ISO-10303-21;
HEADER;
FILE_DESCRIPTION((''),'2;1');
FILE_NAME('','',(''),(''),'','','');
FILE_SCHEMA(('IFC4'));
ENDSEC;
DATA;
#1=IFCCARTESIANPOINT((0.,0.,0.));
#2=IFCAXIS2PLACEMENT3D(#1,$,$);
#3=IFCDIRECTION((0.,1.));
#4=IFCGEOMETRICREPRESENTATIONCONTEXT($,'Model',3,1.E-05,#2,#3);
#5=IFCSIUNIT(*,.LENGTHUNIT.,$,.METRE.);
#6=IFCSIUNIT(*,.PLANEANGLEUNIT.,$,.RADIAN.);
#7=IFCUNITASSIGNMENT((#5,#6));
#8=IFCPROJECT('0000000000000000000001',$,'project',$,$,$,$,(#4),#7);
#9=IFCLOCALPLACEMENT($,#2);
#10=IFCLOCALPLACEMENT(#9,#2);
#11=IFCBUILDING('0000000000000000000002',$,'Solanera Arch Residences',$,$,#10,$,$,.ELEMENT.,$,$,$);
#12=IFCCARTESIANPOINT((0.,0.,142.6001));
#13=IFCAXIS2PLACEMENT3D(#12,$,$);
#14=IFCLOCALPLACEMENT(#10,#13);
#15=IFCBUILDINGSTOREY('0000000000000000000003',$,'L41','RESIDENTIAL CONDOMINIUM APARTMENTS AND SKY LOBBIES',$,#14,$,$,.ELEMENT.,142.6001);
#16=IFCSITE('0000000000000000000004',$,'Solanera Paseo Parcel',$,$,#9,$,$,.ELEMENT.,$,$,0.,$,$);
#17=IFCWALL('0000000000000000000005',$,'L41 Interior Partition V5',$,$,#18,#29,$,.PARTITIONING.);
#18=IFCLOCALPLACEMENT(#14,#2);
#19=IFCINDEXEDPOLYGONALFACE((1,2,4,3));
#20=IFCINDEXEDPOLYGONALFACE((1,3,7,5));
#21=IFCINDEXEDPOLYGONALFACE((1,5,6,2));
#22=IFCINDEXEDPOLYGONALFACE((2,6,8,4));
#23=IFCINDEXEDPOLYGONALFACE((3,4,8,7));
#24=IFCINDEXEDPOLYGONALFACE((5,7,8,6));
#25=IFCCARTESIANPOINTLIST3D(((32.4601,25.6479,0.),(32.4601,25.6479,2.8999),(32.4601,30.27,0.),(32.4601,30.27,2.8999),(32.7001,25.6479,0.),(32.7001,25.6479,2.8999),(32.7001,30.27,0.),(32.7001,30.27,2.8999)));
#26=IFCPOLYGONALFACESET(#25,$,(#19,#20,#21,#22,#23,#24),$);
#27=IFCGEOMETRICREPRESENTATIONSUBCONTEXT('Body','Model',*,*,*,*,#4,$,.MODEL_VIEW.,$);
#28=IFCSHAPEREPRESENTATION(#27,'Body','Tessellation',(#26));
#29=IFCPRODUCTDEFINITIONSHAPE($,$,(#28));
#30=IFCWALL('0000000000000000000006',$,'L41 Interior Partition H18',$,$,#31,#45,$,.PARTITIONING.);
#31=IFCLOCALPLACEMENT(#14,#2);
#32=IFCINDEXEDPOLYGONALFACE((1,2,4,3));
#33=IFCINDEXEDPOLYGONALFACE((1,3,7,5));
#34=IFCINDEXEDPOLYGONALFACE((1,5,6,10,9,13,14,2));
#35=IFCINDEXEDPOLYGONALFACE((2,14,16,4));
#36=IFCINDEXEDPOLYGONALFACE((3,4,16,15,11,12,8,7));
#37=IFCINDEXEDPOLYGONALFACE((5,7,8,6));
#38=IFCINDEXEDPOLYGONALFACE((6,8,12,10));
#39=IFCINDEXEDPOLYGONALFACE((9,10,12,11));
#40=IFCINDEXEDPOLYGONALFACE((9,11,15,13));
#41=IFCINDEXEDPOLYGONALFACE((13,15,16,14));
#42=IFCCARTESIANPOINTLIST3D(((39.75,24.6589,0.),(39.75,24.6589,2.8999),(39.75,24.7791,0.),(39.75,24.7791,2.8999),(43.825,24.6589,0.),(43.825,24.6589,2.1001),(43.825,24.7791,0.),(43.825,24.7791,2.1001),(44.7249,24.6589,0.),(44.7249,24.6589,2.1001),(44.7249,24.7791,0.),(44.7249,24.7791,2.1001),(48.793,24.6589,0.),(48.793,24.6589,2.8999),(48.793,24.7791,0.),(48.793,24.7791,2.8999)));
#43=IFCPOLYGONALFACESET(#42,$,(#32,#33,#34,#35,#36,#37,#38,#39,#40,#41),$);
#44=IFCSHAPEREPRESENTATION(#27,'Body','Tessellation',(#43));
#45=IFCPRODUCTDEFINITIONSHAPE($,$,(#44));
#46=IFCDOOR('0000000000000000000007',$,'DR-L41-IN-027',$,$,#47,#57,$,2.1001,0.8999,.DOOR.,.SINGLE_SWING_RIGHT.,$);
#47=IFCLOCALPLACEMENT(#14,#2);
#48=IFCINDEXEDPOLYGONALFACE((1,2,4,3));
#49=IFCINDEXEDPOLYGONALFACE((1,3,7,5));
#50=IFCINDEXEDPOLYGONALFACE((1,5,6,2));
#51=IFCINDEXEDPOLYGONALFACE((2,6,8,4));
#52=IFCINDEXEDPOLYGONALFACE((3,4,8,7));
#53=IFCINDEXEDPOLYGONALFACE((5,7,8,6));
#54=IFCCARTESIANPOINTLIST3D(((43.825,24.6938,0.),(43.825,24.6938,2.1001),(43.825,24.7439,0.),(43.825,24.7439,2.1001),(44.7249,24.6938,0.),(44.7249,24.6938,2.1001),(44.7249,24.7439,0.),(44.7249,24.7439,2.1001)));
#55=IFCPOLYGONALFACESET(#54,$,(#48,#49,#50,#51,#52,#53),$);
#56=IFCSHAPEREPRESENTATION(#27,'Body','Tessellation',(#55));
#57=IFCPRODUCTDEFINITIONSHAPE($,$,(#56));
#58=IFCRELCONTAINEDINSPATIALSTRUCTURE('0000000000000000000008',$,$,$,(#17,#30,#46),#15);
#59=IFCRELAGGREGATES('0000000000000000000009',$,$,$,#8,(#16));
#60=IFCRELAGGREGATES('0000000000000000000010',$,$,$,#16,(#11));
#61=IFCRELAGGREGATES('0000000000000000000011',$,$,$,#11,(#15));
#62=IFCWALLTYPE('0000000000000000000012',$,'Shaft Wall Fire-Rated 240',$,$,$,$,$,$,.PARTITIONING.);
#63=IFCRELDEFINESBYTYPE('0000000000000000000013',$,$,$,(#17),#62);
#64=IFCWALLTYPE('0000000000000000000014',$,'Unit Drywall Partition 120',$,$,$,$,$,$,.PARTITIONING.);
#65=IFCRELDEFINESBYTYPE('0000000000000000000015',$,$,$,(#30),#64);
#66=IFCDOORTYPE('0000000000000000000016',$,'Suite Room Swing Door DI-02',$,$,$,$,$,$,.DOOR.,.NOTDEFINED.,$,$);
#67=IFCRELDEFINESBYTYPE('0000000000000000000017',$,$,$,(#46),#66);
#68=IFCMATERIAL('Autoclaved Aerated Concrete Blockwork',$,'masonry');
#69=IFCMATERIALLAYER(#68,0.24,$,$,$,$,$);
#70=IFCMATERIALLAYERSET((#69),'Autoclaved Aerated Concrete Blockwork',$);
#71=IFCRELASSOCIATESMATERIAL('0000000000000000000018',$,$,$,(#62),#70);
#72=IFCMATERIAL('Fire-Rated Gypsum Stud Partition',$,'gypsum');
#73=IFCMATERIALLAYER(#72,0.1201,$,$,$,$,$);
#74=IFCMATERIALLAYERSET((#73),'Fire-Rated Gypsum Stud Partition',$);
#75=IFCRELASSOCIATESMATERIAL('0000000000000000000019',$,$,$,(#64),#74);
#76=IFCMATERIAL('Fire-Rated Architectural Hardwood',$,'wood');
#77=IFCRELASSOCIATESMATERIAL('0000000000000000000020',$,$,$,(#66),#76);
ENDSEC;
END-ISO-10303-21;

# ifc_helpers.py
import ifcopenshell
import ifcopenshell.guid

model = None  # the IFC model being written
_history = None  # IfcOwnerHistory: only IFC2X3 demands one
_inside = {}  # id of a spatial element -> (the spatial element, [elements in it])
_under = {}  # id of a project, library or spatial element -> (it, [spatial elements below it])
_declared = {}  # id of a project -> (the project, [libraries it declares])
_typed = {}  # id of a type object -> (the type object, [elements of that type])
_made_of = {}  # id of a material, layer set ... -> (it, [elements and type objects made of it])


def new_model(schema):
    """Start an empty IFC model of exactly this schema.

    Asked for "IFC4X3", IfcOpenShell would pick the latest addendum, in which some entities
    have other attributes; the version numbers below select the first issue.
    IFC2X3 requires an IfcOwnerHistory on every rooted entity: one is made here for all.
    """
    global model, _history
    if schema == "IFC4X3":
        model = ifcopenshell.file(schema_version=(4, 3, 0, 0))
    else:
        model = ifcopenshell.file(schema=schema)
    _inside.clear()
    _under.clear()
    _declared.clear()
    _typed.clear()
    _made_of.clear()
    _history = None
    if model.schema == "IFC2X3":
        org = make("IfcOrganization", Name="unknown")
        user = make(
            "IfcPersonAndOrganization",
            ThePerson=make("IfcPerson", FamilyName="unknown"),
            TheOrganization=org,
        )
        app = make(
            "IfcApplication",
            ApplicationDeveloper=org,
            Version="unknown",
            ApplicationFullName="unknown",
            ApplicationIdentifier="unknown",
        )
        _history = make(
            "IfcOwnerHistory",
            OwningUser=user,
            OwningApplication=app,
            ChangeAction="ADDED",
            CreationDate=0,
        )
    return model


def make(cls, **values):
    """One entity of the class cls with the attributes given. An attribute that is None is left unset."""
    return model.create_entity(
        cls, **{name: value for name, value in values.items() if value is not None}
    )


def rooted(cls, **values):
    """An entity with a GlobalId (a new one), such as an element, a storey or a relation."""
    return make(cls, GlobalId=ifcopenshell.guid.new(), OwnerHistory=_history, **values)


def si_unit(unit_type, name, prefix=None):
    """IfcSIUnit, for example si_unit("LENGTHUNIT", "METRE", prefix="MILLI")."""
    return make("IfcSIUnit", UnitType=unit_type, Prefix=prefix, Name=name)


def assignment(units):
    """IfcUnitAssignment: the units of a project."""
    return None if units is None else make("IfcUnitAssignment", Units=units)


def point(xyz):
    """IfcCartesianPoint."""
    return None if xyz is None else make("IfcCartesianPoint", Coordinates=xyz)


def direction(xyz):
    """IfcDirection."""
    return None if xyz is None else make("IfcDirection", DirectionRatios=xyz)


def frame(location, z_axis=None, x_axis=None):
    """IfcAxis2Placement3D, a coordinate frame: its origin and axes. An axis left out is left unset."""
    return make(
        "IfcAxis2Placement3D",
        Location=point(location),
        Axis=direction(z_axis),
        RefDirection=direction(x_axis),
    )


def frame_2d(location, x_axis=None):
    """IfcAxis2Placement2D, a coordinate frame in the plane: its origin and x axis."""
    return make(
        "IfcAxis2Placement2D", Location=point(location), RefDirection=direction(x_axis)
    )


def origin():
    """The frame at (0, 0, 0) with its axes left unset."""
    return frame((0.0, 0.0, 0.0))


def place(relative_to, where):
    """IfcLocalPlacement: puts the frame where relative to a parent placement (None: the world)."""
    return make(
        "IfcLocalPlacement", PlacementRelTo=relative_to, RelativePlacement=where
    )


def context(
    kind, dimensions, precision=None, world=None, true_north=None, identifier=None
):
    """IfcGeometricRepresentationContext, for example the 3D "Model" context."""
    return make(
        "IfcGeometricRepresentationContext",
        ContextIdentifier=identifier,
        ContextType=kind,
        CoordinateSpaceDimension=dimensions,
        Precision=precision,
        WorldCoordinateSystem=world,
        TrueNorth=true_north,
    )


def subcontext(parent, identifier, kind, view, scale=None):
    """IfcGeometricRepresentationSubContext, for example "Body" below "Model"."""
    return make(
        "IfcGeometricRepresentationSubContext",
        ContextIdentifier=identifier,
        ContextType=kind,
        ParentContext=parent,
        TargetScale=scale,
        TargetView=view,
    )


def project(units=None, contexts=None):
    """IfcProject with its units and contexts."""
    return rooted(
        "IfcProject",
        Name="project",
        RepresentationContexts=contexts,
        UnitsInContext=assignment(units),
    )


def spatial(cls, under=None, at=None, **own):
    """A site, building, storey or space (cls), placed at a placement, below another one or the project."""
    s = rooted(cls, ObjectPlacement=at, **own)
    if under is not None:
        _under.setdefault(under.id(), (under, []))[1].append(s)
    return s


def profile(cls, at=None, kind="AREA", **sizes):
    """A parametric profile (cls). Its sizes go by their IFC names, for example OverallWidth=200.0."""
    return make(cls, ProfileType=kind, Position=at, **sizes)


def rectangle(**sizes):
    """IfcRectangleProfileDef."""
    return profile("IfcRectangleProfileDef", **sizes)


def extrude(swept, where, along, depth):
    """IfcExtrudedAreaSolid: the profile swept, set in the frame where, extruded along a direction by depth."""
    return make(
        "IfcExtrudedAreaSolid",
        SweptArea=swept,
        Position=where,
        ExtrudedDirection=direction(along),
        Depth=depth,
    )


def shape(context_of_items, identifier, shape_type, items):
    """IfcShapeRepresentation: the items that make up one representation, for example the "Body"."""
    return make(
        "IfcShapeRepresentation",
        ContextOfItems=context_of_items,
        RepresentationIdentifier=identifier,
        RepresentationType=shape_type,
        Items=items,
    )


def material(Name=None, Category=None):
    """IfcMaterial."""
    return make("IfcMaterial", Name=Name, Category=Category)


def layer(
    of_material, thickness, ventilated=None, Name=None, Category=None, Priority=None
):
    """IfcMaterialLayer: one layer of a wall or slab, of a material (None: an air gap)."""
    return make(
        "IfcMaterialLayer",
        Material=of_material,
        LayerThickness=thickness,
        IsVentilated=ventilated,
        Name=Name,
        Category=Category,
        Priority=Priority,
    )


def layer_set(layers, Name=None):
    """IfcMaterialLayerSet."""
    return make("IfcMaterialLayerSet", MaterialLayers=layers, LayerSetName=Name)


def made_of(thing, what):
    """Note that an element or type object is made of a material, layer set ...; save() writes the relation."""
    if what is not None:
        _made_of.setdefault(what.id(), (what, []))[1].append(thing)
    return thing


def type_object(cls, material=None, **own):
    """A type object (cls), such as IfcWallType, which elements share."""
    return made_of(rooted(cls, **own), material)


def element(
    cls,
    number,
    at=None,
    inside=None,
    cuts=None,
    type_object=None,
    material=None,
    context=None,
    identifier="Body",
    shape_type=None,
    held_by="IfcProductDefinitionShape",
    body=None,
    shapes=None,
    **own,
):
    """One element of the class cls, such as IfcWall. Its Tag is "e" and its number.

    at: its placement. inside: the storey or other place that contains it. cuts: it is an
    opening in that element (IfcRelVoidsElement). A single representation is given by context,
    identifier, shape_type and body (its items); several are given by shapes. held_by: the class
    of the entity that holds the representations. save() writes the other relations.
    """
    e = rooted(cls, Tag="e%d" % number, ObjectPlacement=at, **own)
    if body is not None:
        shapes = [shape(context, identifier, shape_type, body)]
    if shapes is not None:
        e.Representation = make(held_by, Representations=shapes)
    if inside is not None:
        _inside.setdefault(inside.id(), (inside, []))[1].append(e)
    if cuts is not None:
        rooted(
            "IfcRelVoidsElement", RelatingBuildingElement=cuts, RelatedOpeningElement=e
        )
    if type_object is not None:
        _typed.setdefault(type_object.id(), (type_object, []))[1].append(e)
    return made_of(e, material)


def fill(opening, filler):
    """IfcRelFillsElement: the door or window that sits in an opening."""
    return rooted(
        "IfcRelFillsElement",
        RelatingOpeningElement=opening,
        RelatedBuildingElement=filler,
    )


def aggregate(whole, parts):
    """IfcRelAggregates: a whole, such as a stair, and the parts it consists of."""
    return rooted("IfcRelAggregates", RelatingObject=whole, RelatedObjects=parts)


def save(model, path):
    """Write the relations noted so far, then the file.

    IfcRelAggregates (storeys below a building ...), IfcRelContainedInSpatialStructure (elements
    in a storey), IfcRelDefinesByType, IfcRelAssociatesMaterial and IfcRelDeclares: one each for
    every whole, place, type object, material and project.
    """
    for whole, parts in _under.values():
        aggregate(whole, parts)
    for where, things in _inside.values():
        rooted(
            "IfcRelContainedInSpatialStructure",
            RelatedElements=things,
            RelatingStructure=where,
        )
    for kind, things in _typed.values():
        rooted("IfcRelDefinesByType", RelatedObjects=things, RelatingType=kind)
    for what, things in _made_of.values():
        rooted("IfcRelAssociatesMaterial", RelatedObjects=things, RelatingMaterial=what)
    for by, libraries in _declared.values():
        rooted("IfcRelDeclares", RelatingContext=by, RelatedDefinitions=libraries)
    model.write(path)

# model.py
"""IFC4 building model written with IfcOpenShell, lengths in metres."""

from ifc_helpers import new_model, si_unit, direction, frame, frame_2d, origin, place, context, subcontext, project, spatial, rectangle, extrude, material, layer, layer_set, type_object, element, fill, save


model = new_model("IFC4")

# Units and contexts
model_context = context("Model", 3, precision=1e-05, world=origin(), true_north=direction((0.0, 1.0)))
body_context = subcontext(model_context, "Body", "Model", "MODEL_VIEW")
ifc_project = project(units=[si_unit("LENGTHUNIT", "METRE"), si_unit("PLANEANGLEUNIT", "RADIAN")], contexts=[model_context])

# Site, building, storey
site_placement = place(None, origin())
site = spatial("IfcSite", under=ifc_project, at=site_placement, Name="Solanera Paseo Parcel", CompositionType="ELEMENT", RefElevation=0.0)
building_placement = place(site_placement, origin())
building = spatial("IfcBuilding", under=site, at=building_placement, Name="Solanera Arch Residences", CompositionType="ELEMENT")
storey_placement = place(building_placement, frame((0.0, 0.0, 142.6001)))
storey = spatial("IfcBuildingStorey", under=building, at=storey_placement, Name="L41", Description="RESIDENTIAL CONDOMINIUM APARTMENTS AND SKY LOBBIES", CompositionType="ELEMENT", Elevation=142.6001)

# Shared definitions
ifc_material_1 = material(Name="Autoclaved Aerated Concrete Blockwork", Category="masonry")
ifc_layer_1 = layer(ifc_material_1, 0.24)
ifc_layer_set_1 = layer_set([ifc_layer_1], Name="Autoclaved Aerated Concrete Blockwork")
wall_type_1 = type_object("IfcWallType", Name="Shaft Wall Fire-Rated 240", PredefinedType="PARTITIONING", material=ifc_layer_set_1)

# Wall
wall_1_placement = place(storey_placement, frame((32.5801, 25.6479, 0.0), z_axis=(0.0, 0.0, 1.0), x_axis=(0.0, 1.0, 0.0)))
element("IfcWall", 1, at=wall_1_placement, inside=storey, type_object=wall_type_1, Name="L41 Interior Partition V5", PredefinedType="PARTITIONING", context=body_context, shape_type="SweptSolid", body=[
    extrude(rectangle(XDim=4.6221, YDim=0.24, at=frame_2d((2.311, 0.0))), origin(), (0.0, 0.0, 1.0), 2.8999),
])

# Wall, opening, door
ifc_material_2 = material(Name="Fire-Rated Gypsum Stud Partition", Category="gypsum")
ifc_layer_2 = layer(ifc_material_2, 0.1201)
ifc_layer_set_2 = layer_set([ifc_layer_2], Name="Fire-Rated Gypsum Stud Partition")
wall_type_2 = type_object("IfcWallType", Name="Unit Drywall Partition 120", PredefinedType="PARTITIONING", material=ifc_layer_set_2)
wall_2_placement = place(storey_placement, frame((39.75, 24.719, 0.0), z_axis=(0.0, 0.0, 1.0), x_axis=(1.0, 0.0, 0.0)))
wall_2 = element("IfcWall", 2, at=wall_2_placement, inside=storey, type_object=wall_type_2, Name="L41 Interior Partition H18", PredefinedType="PARTITIONING", context=body_context, shape_type="SweptSolid", body=[
    extrude(rectangle(XDim=9.043, YDim=0.1201, at=frame_2d((4.5215, 0.0))), origin(), (0.0, 0.0, 1.0), 2.8999),
])
opening_1_placement = place(wall_2_placement, frame((4.075, 0.0, 0.0)))
opening_1 = element("IfcOpeningElement", 3, at=opening_1_placement, cuts=wall_2, PredefinedType="OPENING", context=body_context, shape_type="SweptSolid", body=[
    extrude(rectangle(XDim=0.8999, YDim=2.1001, at=frame_2d((0.45, 1.05))), frame((0.0, 0.0701, 0.0), z_axis=(0.0, -1.0, 0.0), x_axis=(1.0, 0.0, 0.0)), (0.0, 0.0, 1.0), 0.1401),
])
ifc_material_3 = material(Name="Fire-Rated Architectural Hardwood", Category="wood")
door_type_1 = type_object("IfcDoorType", Name="Suite Room Swing Door DI-02", OperationType="NOTDEFINED", PredefinedType="DOOR", material=ifc_material_3)
door_1_placement = place(opening_1_placement, origin())
door_1 = element("IfcDoor", 4, at=door_1_placement, inside=storey, type_object=door_type_1, Name="DR-L41-IN-027", OperationType="SINGLE_SWING_RIGHT", OverallHeight=2.1001, OverallWidth=0.8999, PredefinedType="DOOR", context=body_context, shape_type="SweptSolid", body=[
    extrude(rectangle(XDim=0.8999, YDim=2.1001, at=frame_2d((0.45, 1.05))), frame((0.0, 0.0249, 0.0), z_axis=(0.0, -1.0, 0.0), x_axis=(1.0, 0.0, 0.0)), (0.0, 0.0, 1.0), 0.05),
])
fill(opening_1, door_1)

save(model, "model.ifc")
